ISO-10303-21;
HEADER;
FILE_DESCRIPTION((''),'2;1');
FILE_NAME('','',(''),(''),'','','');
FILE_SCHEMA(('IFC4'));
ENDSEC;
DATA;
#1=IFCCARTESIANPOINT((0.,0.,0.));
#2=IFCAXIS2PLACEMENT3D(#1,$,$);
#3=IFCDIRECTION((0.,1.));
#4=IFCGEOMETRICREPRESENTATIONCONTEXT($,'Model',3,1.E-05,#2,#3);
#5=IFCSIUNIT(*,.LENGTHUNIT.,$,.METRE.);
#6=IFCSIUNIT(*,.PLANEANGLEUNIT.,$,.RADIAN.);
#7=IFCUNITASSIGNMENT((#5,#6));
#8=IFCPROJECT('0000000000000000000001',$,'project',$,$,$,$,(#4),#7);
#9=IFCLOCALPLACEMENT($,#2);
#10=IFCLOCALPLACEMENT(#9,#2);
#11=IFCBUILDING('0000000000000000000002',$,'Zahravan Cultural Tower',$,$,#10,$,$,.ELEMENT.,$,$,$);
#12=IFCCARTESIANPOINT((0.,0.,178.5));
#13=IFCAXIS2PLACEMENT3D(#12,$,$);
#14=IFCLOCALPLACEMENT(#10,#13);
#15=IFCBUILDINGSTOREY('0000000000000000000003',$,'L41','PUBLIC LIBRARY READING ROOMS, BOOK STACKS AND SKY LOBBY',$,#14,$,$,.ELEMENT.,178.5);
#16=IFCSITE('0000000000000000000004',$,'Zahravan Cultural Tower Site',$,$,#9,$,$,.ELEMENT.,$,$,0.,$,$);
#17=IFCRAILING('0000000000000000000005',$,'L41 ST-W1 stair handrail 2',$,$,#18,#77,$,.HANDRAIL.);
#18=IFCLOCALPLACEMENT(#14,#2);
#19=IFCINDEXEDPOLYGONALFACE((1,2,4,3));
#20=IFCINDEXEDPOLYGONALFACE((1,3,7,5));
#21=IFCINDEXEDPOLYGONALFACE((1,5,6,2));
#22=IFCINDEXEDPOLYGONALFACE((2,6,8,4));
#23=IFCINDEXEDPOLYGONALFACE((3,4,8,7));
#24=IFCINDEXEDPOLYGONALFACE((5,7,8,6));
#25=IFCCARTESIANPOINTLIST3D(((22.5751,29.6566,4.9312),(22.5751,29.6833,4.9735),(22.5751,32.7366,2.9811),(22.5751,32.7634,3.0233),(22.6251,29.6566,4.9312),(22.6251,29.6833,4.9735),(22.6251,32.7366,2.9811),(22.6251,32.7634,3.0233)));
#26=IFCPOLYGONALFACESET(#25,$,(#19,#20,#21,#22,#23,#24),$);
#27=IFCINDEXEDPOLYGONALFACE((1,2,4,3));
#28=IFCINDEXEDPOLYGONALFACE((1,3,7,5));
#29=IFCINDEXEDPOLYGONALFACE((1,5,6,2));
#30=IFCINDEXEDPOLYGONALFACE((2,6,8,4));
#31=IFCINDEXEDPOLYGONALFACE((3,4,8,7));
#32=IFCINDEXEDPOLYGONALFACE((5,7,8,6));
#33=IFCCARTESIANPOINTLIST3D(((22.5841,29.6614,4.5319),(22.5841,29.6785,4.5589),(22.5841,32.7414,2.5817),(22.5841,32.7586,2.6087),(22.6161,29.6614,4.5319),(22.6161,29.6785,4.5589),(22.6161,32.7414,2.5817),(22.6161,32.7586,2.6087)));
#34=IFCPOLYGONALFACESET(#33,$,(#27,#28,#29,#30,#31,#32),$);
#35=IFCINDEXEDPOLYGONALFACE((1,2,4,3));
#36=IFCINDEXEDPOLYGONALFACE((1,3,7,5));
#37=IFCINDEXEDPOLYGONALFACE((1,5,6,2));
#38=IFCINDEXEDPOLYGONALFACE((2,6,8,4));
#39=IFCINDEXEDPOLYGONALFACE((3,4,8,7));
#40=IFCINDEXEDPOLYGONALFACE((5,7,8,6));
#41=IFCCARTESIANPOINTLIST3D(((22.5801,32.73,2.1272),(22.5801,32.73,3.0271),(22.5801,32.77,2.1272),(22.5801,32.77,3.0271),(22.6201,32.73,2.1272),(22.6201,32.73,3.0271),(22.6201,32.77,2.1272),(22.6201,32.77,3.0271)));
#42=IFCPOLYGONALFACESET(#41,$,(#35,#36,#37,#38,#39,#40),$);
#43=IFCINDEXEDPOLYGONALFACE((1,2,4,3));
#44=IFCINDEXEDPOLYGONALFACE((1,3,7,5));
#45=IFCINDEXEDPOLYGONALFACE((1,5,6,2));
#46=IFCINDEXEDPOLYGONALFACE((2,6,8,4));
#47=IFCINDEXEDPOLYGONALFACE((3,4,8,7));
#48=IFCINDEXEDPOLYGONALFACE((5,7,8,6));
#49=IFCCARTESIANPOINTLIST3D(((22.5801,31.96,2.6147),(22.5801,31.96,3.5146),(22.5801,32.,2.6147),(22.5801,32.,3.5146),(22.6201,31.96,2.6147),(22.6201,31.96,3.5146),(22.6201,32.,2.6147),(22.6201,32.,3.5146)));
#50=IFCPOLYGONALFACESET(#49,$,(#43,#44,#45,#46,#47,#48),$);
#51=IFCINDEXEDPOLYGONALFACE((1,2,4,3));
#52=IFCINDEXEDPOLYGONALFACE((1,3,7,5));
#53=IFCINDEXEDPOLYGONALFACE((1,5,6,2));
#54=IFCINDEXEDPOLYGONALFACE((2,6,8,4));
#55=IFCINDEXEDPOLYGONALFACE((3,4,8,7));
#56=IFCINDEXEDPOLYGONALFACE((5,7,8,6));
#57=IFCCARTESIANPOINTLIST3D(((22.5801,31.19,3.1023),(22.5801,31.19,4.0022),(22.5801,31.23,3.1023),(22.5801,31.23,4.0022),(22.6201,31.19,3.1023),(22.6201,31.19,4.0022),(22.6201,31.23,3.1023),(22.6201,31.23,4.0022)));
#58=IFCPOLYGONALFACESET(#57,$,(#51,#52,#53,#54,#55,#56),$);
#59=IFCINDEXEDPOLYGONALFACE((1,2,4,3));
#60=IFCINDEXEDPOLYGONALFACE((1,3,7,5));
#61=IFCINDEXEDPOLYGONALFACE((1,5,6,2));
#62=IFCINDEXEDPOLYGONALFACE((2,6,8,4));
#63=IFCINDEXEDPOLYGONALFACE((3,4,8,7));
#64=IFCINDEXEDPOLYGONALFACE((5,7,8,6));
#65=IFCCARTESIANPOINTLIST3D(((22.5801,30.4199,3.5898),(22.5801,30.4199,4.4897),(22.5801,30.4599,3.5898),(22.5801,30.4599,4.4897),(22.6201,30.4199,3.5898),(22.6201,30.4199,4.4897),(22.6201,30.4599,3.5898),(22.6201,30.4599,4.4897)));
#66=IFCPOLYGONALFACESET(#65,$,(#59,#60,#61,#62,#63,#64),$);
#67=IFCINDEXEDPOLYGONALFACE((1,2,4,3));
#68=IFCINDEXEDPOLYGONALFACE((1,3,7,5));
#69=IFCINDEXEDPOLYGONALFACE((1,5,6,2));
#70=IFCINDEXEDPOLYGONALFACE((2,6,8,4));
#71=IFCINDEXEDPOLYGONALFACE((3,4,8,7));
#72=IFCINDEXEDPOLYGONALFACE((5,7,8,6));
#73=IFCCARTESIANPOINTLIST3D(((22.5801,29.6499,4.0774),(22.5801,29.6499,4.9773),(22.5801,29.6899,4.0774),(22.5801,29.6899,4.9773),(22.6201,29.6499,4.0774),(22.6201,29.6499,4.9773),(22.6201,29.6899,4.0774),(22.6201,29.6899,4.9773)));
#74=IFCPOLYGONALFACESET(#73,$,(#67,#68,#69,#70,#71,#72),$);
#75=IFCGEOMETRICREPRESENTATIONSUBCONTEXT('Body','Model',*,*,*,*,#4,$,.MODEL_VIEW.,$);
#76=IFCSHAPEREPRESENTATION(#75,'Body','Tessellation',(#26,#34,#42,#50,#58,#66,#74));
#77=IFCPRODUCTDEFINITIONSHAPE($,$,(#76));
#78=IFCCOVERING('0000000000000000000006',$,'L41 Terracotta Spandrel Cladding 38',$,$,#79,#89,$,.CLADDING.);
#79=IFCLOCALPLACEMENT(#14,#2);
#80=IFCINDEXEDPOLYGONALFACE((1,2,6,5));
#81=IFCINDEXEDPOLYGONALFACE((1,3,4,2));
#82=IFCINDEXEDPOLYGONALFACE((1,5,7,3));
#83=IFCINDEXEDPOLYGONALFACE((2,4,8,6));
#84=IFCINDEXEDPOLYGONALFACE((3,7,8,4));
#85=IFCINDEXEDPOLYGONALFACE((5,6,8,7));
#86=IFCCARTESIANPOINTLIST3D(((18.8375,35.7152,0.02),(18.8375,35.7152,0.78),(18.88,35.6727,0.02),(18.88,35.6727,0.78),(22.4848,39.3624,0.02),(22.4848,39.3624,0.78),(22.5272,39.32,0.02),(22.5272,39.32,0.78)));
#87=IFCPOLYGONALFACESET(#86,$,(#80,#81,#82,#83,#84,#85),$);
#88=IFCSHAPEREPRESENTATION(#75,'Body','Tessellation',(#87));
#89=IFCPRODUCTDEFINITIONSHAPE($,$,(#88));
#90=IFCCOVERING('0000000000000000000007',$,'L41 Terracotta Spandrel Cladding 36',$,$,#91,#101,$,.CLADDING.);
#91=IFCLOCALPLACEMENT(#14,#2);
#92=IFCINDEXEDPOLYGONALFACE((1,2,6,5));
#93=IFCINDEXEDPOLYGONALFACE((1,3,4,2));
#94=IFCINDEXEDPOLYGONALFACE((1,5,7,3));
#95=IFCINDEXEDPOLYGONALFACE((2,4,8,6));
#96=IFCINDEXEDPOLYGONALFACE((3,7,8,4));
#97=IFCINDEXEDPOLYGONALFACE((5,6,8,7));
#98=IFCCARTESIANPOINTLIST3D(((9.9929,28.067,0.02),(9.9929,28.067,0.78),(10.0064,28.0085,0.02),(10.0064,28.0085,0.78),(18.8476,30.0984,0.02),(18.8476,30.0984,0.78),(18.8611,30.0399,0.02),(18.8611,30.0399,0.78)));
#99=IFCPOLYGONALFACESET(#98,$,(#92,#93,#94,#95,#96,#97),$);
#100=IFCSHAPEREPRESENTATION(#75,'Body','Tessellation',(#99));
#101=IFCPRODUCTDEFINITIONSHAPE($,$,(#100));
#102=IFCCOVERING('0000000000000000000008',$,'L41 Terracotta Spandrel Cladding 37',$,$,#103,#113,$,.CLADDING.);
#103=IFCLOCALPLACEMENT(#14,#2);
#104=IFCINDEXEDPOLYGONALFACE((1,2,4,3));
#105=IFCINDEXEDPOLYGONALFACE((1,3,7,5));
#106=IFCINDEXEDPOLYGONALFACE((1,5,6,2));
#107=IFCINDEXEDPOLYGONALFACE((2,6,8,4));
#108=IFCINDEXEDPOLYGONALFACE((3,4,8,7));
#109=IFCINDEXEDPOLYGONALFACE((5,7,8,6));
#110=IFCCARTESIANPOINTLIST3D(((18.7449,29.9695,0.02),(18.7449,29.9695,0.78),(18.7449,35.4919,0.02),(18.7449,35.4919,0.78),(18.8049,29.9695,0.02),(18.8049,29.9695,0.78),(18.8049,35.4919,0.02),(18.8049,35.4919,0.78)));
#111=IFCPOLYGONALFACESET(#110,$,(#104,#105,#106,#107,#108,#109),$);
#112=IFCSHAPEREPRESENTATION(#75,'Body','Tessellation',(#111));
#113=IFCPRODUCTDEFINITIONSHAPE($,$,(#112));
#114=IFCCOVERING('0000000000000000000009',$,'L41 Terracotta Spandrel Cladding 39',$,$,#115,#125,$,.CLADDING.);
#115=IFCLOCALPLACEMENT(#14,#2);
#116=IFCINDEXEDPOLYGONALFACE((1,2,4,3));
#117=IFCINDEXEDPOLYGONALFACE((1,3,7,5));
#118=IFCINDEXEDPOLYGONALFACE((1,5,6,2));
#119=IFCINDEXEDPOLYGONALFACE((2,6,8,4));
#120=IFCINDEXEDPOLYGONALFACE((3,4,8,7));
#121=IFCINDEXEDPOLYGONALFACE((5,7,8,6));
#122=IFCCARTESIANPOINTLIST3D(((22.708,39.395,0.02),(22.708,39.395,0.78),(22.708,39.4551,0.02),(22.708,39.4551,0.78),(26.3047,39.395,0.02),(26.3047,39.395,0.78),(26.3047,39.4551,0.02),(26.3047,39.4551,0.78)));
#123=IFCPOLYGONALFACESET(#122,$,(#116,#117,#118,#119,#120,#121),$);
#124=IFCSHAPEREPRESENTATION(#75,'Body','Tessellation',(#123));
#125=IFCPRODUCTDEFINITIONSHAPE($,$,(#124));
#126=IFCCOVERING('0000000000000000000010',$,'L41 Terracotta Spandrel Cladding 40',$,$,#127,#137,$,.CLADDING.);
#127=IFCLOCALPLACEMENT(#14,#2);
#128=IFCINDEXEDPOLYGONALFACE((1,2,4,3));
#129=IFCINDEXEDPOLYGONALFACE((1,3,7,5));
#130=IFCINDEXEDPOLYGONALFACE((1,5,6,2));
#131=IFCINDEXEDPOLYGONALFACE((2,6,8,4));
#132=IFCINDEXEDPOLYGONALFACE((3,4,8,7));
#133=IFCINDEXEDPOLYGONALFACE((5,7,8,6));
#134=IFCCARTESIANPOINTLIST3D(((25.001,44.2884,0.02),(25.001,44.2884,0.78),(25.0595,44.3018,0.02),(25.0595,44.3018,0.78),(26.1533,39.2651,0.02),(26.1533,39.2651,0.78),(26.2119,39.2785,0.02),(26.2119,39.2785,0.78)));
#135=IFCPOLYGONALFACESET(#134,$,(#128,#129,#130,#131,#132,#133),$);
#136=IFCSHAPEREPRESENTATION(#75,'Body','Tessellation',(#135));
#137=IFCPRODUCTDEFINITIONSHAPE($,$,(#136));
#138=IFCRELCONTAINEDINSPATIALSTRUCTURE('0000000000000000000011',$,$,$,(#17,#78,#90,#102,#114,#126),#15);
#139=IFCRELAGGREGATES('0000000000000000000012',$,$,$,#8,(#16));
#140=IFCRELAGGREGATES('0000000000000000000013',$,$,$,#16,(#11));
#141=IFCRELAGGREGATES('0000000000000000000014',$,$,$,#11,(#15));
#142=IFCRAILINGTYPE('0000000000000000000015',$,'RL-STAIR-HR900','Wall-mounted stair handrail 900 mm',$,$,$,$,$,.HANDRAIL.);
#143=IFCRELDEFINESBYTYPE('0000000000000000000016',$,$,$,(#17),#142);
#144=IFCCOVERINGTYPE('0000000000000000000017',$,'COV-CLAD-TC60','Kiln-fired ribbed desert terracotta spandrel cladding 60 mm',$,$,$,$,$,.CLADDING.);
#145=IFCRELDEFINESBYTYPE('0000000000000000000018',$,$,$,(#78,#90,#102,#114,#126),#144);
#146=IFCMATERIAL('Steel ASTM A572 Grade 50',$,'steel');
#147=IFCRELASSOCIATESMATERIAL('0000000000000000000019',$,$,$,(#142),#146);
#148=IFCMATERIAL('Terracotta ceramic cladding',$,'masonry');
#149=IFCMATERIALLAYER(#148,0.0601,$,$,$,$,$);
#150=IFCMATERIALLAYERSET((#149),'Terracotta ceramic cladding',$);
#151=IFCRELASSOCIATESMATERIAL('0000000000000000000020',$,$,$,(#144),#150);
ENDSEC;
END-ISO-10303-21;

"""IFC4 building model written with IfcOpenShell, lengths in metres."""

from ifc_helpers import new_model, si_unit, direction, frame, origin, origin_2d, place, context, subcontext, project, spatial, rectangle, extrude, source, transform, mapped, material, layer, layer_set, type_object, element, save


model = new_model("IFC4")

# Units and contexts
model_context = context("Model", 3, precision=1e-05, world=origin(), true_north=direction((0.0, 1.0)))
body_context = subcontext(model_context, "Body", "Model", "MODEL_VIEW")
ifc_project = project(units=[si_unit("LENGTHUNIT", "METRE"), si_unit("PLANEANGLEUNIT", "RADIAN")], contexts=[model_context])

# Site, building, storey
site_placement = place(None, origin())
site = spatial("IfcSite", under=ifc_project, at=site_placement, Name="Zahravan Cultural Tower Site", CompositionType="ELEMENT", RefElevation=0.0)
building_placement = place(site_placement, origin())
building = spatial("IfcBuilding", under=site, at=building_placement, Name="Zahravan Cultural Tower", CompositionType="ELEMENT")
storey_placement = place(building_placement, frame((0.0, 0.0, 178.5)))
storey = spatial("IfcBuildingStorey", under=building, at=storey_placement, Name="L41", Description="PUBLIC LIBRARY READING ROOMS, BOOK STACKS AND SKY LOBBY", CompositionType="ELEMENT", Elevation=178.5)

# Railing
ifc_material_1 = material(Name="Steel ASTM A572 Grade 50", Category="steel")
railing_type_1 = type_object("IfcRailingType", Name="RL-STAIR-HR900", Description="Wall-mounted stair handrail 900 mm", PredefinedType="HANDRAIL", material=ifc_material_1)
railing_1_placement = place(storey_placement, frame((22.6001, 32.75, 2.1272)))
element("IfcRailing", 1, at=railing_1_placement, inside=storey, type_object=railing_type_1, Name="L41 ST-W1 stair handrail 2", PredefinedType="HANDRAIL", context=body_context, shape_type="SweptSolid", body=[
    extrude(rectangle(XDim=0.05, YDim=0.05, at=origin_2d()), frame((0.0, 0.0, 0.875), z_axis=(0.0, -0.844884, 0.53495), x_axis=(1.0, 0.0, 0.0)), (0.0, 0.0, 1.0), 3.6455),
    extrude(rectangle(XDim=0.032, YDim=0.032, at=origin_2d()), frame((0.0, 0.0, 0.468), z_axis=(0.0, -0.844884, 0.53495), x_axis=(1.0, 0.0, 0.0)), (0.0, 0.0, 1.0), 3.6455),
    extrude(rectangle(XDim=0.04, YDim=0.04, at=origin_2d()), origin(), (0.0, 0.0, 1.0), 0.8999),
    extrude(rectangle(XDim=0.04, YDim=0.04, at=origin_2d()), frame((0.0, -0.77, 0.4875)), (0.0, 0.0, 1.0), 0.8999),
    extrude(rectangle(XDim=0.04, YDim=0.04, at=origin_2d()), frame((0.0, -1.54, 0.9751)), (0.0, 0.0, 1.0), 0.8999),
    extrude(rectangle(XDim=0.04, YDim=0.04, at=origin_2d()), frame((0.0, -2.3101, 1.4626)), (0.0, 0.0, 1.0), 0.8999),
    extrude(rectangle(XDim=0.04, YDim=0.04, at=origin_2d()), frame((0.0, -3.0801, 1.9502)), (0.0, 0.0, 1.0), 0.8999),
])

# Coverings
ifc_material_2 = material(Name="Terracotta ceramic cladding", Category="masonry")
ifc_layer_1 = layer(ifc_material_2, 0.0601)
ifc_layer_set_1 = layer_set([ifc_layer_1], Name="Terracotta ceramic cladding")
covering_type = type_object("IfcCoveringType", Name="COV-CLAD-TC60", Description="Kiln-fired ribbed desert terracotta spandrel cladding 60 mm", PredefinedType="CLADDING", material=ifc_layer_set_1)
shared_shape_1 = source(origin(), body_context, "Body", "SweptSolid", [
    extrude(rectangle(XDim=5.158, YDim=0.0601, at=origin_2d()), origin(), (0.0, 0.0, 1.0), 0.76),
])
covering_1_placement = place(storey_placement, frame((20.6824, 37.5176, 0.02), z_axis=(0.0, 0.0, 1.0), x_axis=(0.707107, 0.707107, 0.0)))
element("IfcCovering", 2, at=covering_1_placement, inside=storey, type_object=covering_type, Name="L41 Terracotta Spandrel Cladding 38", PredefinedType="CLADDING", context=body_context, shape_type="MappedRepresentation", body=[
    mapped(shared_shape_1, transform((0.0, 0.0, 0.0), x_axis=(1.0, 0.0, 0.0), y_axis=(0.0, 1.0, 0.0), z_axis=(0.0, 0.0, 1.0), scale=1.0)),
])
shared_shape_2 = source(origin(), body_context, "Body", "SweptSolid", [
    extrude(rectangle(XDim=9.0847, YDim=0.0601, at=origin_2d()), origin(), (0.0, 0.0, 1.0), 0.76),
])
covering_2_placement = place(storey_placement, frame((14.427, 29.0535, 0.02), z_axis=(0.0, 0.0, 1.0), x_axis=(0.974679, 0.223607, 0.0)))
element("IfcCovering", 3, at=covering_2_placement, inside=storey, type_object=covering_type, Name="L41 Terracotta Spandrel Cladding 36", PredefinedType="CLADDING", context=body_context, shape_type="MappedRepresentation", body=[
    mapped(shared_shape_2, transform((0.0, 0.0, 0.0), x_axis=(1.0, 0.0, 0.0), y_axis=(0.0, 1.0, 0.0), z_axis=(0.0, 0.0, 1.0), scale=1.0)),
])
shared_shape_3 = source(origin(), body_context, "Body", "SweptSolid", [
    extrude(rectangle(XDim=5.5225, YDim=0.0601, at=origin_2d()), origin(), (0.0, 0.0, 1.0), 0.76),
])
covering_3_placement = place(storey_placement, frame((18.7749, 32.7307, 0.02), z_axis=(0.0, 0.0, 1.0), x_axis=(0.0, 1.0, 0.0)))
element("IfcCovering", 4, at=covering_3_placement, inside=storey, type_object=covering_type, Name="L41 Terracotta Spandrel Cladding 37", PredefinedType="CLADDING", context=body_context, shape_type="MappedRepresentation", body=[
    mapped(shared_shape_3, transform((0.0, 0.0, 0.0), x_axis=(1.0, 0.0, 0.0), y_axis=(0.0, 1.0, 0.0), z_axis=(0.0, 0.0, 1.0), scale=1.0)),
])
shared_shape_4 = source(origin(), body_context, "Body", "SweptSolid", [
    extrude(rectangle(XDim=3.5967, YDim=0.0601, at=origin_2d()), origin(), (0.0, 0.0, 1.0), 0.76),
])
covering_4_placement = place(storey_placement, frame((24.5063, 39.425, 0.02), z_axis=(0.0, 0.0, 1.0), x_axis=(1.0, 0.0, 0.0)))
element("IfcCovering", 5, at=covering_4_placement, inside=storey, type_object=covering_type, Name="L41 Terracotta Spandrel Cladding 39", PredefinedType="CLADDING", context=body_context, shape_type="MappedRepresentation", body=[
    mapped(shared_shape_4, transform((0.0, 0.0, 0.0), x_axis=(1.0, 0.0, 0.0), y_axis=(0.0, 1.0, 0.0), z_axis=(0.0, 0.0, 1.0), scale=1.0)),
])
shared_shape_5 = source(origin(), body_context, "Body", "SweptSolid", [
    extrude(rectangle(XDim=5.1538, YDim=0.0601, at=origin_2d()), origin(), (0.0, 0.0, 1.0), 0.76),
])
covering_5_placement = place(storey_placement, frame((25.6064, 41.7834, 0.02), z_axis=(0.0, 0.0, 1.0), x_axis=(-0.22359, 0.974683, 0.0)))
element("IfcCovering", 6, at=covering_5_placement, inside=storey, type_object=covering_type, Name="L41 Terracotta Spandrel Cladding 40", PredefinedType="CLADDING", context=body_context, shape_type="MappedRepresentation", body=[
    mapped(shared_shape_5, transform((0.0, 0.0, 0.0), x_axis=(1.0, 0.0, 0.0), y_axis=(0.0, 1.0, 0.0), z_axis=(0.0, 0.0, 1.0), scale=1.0)),
])

save(model, "model.ifc")
